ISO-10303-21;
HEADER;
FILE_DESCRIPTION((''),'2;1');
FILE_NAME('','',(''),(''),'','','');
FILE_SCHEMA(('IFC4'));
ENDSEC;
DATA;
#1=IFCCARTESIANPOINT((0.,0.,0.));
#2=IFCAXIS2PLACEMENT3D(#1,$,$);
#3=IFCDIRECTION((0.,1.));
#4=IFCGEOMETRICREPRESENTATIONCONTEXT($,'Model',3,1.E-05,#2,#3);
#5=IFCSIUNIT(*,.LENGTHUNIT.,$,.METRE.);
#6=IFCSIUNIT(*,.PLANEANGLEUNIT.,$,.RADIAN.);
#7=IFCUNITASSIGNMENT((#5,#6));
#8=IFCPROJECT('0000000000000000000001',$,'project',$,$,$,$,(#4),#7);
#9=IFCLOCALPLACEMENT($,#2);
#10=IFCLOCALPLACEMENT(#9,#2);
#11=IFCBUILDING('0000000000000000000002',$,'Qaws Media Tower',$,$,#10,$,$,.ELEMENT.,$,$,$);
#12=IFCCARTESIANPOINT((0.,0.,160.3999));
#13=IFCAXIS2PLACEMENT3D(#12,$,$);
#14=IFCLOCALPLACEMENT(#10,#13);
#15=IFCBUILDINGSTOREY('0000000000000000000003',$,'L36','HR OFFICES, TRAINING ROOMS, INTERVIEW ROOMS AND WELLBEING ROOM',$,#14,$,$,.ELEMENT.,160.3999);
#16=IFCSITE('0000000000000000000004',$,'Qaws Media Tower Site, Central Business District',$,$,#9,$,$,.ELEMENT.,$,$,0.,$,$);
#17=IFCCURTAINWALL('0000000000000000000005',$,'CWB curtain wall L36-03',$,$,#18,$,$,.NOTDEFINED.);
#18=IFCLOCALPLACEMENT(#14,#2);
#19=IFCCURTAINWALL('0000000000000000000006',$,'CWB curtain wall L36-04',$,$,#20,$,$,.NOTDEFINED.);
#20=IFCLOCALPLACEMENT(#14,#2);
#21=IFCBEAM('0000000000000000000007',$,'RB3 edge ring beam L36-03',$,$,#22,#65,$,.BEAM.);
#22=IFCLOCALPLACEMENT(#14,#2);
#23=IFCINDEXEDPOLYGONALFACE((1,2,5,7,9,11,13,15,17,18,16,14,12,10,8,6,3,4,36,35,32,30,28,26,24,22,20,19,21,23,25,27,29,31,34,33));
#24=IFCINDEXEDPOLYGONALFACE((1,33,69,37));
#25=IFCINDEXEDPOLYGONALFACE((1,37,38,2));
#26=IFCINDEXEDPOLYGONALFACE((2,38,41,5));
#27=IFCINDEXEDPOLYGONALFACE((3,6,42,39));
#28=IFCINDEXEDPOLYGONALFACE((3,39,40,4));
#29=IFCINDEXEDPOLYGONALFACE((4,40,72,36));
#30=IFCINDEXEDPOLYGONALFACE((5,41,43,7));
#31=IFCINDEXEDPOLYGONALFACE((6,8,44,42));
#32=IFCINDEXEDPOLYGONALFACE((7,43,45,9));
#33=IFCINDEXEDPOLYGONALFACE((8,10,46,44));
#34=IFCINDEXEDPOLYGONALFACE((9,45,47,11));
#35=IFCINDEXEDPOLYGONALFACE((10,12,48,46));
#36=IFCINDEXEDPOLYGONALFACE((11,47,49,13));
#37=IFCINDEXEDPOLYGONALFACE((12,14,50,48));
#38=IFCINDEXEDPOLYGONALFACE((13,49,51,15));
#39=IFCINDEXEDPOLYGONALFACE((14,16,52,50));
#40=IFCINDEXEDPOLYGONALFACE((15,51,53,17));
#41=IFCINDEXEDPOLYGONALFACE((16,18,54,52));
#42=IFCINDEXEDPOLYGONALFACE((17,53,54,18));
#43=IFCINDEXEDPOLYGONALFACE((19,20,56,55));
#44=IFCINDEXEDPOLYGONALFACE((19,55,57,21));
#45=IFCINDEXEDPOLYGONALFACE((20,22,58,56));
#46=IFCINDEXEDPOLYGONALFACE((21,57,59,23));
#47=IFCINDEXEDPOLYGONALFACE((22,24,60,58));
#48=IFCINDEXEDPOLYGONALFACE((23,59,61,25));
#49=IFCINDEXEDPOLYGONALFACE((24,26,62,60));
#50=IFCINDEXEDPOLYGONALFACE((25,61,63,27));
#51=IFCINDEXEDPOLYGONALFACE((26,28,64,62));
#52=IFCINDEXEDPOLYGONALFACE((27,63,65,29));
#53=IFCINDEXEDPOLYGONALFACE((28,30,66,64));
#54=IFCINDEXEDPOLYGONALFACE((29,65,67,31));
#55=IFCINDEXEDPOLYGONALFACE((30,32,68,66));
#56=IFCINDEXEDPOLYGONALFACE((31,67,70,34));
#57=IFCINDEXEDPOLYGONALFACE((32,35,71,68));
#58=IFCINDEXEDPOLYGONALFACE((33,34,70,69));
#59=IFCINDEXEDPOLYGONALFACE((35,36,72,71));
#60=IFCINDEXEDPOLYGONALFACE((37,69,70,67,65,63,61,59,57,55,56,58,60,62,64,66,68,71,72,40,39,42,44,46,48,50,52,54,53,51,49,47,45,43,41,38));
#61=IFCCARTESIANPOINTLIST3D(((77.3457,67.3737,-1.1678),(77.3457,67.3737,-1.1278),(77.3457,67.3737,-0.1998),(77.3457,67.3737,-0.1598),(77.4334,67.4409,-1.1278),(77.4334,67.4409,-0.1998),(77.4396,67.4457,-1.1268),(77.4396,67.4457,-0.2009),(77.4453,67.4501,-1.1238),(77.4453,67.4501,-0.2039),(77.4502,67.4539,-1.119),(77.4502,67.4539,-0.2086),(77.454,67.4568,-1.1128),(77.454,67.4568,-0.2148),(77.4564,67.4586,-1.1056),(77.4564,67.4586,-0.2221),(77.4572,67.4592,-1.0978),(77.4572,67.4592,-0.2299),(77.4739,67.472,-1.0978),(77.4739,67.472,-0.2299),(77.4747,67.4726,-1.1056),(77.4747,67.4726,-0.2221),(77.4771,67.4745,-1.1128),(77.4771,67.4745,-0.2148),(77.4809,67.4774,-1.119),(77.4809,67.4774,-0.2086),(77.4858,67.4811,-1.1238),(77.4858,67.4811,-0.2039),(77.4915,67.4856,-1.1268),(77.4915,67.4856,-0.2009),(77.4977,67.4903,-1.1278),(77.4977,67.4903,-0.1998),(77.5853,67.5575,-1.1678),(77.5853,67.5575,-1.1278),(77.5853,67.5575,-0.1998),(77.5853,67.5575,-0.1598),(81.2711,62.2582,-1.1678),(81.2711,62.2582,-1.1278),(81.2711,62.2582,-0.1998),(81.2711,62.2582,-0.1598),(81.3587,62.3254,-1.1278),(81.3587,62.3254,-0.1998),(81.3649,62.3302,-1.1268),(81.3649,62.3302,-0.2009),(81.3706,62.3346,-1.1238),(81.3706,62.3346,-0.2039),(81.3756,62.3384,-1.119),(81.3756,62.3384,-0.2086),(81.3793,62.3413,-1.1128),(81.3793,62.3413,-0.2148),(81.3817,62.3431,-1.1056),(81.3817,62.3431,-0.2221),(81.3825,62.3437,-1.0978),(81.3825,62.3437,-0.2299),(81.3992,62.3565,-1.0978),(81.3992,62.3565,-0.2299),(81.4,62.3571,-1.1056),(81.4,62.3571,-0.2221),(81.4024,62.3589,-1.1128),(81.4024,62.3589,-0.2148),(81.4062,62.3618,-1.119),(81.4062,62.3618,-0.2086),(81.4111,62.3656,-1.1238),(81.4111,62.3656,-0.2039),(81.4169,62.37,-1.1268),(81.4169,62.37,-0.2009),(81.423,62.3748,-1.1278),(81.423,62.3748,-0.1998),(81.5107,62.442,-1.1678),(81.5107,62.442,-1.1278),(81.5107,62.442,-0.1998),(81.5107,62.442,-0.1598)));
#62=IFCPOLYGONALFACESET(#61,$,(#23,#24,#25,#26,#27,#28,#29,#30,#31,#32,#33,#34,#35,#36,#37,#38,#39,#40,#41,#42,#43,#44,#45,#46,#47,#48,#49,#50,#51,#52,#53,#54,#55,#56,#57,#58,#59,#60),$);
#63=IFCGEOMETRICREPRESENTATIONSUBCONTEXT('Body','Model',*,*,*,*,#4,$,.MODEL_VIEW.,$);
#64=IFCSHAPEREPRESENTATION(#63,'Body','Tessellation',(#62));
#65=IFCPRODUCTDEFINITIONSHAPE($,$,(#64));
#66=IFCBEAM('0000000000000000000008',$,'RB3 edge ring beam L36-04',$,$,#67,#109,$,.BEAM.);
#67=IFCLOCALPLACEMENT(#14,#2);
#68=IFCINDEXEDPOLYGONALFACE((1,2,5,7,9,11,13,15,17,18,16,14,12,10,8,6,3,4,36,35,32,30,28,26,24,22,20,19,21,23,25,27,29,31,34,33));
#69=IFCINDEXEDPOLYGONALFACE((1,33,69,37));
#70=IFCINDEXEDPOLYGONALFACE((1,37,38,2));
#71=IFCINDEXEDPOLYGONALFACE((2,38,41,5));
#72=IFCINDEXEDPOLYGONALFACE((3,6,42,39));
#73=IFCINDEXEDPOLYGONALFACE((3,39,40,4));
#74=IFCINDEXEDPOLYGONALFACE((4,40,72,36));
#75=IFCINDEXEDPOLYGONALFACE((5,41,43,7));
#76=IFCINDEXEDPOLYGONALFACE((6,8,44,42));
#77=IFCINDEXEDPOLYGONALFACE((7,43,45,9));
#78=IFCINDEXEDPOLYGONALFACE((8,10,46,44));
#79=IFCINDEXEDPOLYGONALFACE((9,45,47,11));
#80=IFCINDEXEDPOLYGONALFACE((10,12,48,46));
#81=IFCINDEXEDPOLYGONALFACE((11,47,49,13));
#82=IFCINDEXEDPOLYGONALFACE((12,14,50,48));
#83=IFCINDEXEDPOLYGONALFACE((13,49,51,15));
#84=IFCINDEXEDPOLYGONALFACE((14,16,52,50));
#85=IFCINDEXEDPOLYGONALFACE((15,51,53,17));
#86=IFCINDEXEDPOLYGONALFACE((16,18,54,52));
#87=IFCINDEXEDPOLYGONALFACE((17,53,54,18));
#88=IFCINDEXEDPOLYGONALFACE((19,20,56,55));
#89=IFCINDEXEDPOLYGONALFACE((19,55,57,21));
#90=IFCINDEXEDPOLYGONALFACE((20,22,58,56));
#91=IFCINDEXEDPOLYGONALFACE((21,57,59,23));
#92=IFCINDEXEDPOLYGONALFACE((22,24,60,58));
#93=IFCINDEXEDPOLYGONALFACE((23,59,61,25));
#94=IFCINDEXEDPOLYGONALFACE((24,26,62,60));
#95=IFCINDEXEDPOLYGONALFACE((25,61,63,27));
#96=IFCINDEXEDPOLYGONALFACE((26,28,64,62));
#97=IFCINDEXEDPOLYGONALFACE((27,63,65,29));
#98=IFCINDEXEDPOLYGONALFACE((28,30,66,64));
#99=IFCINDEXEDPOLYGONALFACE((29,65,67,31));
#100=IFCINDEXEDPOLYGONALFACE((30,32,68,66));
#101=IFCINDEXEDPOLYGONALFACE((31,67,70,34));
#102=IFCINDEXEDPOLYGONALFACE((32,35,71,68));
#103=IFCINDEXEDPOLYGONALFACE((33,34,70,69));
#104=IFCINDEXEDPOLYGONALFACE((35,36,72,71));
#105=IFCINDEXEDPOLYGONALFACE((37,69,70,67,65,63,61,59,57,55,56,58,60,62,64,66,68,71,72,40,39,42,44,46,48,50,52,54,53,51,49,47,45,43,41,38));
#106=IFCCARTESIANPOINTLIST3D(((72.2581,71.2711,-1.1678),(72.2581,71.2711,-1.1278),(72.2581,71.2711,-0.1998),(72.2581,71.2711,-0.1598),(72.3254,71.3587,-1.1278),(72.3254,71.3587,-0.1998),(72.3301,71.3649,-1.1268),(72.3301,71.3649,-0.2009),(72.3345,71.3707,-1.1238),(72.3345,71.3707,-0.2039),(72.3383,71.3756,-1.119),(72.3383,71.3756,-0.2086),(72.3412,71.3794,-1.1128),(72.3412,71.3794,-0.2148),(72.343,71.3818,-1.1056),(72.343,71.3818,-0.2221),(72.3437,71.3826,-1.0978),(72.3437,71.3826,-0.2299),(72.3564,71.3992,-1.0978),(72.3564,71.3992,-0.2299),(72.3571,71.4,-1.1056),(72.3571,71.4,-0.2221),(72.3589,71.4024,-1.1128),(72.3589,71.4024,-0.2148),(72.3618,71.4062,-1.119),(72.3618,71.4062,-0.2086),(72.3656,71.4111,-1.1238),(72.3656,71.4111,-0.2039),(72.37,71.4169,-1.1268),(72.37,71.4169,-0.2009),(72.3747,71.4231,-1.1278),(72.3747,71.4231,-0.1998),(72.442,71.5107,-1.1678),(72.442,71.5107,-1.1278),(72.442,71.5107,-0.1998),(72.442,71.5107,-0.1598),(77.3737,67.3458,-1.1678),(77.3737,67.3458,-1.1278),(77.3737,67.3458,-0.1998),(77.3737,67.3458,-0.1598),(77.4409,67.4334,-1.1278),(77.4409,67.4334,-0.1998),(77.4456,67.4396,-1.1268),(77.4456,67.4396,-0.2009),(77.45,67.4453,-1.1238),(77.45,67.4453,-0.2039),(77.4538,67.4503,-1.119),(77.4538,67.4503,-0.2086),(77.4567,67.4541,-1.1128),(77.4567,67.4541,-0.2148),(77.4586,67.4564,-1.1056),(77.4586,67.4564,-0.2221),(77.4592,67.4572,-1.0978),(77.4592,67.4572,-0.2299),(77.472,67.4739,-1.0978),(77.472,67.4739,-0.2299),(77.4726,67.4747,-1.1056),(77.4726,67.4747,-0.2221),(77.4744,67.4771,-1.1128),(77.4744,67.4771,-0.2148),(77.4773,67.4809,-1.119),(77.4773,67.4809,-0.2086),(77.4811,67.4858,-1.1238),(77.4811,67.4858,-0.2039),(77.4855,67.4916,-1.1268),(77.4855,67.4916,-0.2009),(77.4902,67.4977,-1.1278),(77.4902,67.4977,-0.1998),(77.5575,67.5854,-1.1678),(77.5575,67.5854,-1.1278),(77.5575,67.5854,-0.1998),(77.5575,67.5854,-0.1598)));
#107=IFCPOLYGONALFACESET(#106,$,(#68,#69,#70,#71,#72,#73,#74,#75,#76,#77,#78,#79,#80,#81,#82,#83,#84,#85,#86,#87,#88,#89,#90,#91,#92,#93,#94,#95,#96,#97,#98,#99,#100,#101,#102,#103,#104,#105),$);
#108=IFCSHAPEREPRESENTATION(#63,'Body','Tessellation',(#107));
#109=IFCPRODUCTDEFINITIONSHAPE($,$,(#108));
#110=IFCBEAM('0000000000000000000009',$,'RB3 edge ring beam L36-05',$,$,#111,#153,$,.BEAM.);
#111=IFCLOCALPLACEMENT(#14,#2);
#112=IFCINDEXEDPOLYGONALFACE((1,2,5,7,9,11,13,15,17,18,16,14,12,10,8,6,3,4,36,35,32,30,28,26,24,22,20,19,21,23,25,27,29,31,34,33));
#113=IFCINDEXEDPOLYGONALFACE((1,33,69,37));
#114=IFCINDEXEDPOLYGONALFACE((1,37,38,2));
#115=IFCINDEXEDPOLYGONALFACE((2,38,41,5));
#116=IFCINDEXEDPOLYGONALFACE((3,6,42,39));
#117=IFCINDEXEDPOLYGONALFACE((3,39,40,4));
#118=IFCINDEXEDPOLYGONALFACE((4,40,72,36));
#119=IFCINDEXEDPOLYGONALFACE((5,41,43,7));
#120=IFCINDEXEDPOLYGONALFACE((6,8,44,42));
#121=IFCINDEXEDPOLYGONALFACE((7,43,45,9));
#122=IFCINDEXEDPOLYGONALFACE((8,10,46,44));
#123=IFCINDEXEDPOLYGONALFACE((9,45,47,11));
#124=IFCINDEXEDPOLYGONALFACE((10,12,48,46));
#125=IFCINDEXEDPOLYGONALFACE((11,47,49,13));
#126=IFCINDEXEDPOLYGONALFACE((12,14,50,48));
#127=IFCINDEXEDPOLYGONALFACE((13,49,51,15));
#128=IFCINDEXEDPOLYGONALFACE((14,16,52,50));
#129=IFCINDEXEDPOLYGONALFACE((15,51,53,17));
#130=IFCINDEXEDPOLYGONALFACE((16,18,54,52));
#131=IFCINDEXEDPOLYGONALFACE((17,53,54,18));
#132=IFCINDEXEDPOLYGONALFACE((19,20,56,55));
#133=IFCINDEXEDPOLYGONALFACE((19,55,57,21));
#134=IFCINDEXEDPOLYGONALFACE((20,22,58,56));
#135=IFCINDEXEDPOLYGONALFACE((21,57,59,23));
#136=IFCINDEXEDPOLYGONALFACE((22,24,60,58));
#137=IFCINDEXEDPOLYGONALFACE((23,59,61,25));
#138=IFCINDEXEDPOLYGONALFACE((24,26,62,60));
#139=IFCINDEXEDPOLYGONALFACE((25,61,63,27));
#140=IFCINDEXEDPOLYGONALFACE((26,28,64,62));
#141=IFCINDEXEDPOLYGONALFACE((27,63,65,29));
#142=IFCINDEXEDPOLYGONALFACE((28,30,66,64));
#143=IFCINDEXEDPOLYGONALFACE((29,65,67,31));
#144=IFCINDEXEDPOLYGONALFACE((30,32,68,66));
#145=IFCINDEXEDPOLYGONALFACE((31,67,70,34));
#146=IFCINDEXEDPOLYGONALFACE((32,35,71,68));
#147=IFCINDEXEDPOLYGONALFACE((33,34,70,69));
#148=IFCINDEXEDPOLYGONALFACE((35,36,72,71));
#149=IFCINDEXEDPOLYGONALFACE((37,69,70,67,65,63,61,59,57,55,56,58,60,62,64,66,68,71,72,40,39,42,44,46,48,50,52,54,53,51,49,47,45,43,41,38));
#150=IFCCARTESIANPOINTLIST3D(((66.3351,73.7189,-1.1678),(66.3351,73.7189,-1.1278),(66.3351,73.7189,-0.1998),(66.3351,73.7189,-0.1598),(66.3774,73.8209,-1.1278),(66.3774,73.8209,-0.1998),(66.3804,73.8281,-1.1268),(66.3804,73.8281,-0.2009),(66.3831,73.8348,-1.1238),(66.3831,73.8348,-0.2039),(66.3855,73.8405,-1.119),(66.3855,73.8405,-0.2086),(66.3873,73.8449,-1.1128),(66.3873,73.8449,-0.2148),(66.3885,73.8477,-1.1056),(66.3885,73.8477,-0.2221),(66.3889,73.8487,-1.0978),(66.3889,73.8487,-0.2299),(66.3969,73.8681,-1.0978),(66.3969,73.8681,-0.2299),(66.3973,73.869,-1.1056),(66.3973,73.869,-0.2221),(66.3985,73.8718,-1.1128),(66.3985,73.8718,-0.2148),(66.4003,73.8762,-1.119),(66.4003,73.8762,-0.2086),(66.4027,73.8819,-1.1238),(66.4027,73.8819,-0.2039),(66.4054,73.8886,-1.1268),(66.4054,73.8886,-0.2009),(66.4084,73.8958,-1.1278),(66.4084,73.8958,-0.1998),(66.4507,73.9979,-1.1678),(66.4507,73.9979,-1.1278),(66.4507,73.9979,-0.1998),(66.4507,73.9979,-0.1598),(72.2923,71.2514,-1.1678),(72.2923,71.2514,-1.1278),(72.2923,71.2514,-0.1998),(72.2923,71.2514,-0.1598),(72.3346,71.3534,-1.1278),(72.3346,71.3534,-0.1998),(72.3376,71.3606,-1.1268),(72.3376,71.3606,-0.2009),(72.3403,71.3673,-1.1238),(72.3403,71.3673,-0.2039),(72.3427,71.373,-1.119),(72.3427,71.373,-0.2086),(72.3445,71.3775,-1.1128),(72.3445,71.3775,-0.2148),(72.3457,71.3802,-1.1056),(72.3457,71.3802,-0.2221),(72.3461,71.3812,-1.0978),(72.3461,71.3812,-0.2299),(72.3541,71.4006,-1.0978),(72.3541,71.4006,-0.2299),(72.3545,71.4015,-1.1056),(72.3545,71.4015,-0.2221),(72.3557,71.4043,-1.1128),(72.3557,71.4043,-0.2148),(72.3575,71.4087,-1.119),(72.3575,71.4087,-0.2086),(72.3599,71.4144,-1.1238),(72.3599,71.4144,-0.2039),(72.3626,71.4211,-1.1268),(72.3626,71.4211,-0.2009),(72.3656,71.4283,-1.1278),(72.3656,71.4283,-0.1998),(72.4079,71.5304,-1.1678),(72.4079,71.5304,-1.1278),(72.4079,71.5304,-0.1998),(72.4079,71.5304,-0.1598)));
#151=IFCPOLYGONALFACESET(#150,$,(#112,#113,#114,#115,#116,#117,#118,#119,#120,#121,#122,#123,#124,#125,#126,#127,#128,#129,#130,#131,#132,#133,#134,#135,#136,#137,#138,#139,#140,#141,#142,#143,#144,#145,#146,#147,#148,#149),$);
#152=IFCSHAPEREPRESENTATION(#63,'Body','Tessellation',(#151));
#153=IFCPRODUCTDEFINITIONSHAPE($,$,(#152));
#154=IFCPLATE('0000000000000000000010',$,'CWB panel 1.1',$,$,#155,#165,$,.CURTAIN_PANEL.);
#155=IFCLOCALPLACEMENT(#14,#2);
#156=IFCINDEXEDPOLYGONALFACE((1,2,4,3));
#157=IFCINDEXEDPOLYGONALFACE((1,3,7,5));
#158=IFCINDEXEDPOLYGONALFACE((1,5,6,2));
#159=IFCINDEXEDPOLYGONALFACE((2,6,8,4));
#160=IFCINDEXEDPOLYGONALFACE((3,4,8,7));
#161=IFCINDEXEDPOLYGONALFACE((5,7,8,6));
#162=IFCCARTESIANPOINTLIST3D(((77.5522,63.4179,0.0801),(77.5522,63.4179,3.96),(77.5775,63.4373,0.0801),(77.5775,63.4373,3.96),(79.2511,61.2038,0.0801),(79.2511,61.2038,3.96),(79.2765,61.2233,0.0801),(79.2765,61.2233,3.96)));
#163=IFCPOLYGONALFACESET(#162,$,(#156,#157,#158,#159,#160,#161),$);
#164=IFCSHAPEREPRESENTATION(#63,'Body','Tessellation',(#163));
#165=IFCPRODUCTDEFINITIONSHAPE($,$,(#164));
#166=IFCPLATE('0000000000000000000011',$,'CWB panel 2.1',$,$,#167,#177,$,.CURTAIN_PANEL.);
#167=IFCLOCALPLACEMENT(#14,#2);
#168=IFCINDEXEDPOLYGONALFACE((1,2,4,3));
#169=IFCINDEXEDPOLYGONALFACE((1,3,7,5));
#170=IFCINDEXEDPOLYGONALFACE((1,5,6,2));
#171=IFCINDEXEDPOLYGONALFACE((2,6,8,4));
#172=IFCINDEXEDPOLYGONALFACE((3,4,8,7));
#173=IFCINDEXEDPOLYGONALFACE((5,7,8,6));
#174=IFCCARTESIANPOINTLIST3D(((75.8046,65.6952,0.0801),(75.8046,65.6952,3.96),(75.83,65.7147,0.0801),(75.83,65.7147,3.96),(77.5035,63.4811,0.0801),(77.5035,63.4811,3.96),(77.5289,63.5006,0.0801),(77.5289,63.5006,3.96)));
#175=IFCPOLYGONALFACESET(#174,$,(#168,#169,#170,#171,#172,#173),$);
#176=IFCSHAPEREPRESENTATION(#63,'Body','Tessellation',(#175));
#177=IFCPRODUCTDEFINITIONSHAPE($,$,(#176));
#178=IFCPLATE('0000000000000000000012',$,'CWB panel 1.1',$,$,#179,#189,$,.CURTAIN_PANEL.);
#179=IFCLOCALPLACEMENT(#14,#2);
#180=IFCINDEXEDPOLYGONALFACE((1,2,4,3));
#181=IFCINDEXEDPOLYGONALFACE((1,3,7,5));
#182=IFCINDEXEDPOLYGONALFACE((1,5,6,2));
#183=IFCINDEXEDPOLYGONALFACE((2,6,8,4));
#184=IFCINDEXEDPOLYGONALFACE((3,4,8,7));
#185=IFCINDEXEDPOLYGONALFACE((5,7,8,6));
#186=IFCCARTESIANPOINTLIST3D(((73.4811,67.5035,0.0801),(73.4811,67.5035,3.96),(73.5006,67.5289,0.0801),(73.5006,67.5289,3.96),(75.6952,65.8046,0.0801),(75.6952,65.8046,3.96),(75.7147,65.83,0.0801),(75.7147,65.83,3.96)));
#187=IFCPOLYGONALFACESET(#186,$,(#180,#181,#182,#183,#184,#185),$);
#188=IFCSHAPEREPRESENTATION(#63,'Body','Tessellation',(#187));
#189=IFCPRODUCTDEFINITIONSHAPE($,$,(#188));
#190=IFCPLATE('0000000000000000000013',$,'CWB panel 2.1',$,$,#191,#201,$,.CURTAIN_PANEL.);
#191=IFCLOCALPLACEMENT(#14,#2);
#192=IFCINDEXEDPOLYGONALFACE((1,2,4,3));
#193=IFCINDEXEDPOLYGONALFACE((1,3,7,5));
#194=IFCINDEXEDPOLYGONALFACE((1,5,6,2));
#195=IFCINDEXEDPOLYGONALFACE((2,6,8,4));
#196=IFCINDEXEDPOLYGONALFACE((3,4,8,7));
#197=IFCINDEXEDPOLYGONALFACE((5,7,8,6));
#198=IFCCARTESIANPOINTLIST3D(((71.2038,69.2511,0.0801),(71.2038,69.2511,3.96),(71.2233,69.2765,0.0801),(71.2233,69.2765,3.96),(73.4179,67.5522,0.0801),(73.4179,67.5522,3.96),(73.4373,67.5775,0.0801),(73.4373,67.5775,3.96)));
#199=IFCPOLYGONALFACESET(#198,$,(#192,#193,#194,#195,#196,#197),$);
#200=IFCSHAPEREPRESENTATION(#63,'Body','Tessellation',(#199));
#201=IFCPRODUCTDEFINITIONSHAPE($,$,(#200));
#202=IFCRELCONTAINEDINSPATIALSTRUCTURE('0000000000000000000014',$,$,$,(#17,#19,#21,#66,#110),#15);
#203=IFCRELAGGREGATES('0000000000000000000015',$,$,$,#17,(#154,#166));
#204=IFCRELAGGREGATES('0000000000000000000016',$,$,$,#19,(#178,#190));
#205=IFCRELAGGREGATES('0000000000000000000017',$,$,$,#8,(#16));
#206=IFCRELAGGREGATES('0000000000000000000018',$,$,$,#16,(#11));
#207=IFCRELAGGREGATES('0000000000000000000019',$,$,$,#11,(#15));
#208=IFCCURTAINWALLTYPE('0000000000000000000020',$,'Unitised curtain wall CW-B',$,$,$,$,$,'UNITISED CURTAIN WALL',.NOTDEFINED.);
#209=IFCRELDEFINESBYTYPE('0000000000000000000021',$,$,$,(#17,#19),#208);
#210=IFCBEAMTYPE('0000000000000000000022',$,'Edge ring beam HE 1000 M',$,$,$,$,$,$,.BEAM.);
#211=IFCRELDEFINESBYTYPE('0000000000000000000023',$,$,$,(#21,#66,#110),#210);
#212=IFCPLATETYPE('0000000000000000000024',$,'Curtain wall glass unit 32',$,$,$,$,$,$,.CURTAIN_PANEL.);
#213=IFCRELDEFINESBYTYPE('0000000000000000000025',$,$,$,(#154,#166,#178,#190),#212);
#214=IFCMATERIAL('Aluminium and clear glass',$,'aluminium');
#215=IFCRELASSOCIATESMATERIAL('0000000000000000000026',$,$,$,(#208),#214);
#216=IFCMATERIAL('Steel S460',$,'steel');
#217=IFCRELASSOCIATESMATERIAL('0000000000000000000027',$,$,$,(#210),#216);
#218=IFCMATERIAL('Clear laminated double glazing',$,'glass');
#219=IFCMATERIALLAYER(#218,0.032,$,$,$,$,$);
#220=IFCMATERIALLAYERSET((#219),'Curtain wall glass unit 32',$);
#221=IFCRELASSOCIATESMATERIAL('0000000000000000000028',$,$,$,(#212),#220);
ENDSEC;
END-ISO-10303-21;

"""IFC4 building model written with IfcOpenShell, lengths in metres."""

from ifc_helpers import new_model, si_unit, direction, frame, origin, origin_2d, place, context, subcontext, project, spatial, rectangle, i_section, extrude, material, layer, layer_set, material_profile, profile_set, type_object, element, aggregate, save


model = new_model("IFC4")

# Units and contexts
model_context = context("Model", 3, precision=1e-05, world=origin(), true_north=direction((0.0, 1.0)))
body_context = subcontext(model_context, "Body", "Model", "MODEL_VIEW")
ifc_project = project(units=[si_unit("LENGTHUNIT", "METRE"), si_unit("PLANEANGLEUNIT", "RADIAN")], contexts=[model_context])

# Site, building, storey
site_placement = place(None, origin())
site = spatial("IfcSite", under=ifc_project, at=site_placement, Name="Qaws Media Tower Site, Central Business District", CompositionType="ELEMENT", RefElevation=0.0)
building_placement = place(site_placement, origin())
building = spatial("IfcBuilding", under=site, at=building_placement, Name="Qaws Media Tower", CompositionType="ELEMENT")
storey_placement = place(building_placement, frame((0.0, 0.0, 160.3999)))
storey = spatial("IfcBuildingStorey", under=building, at=storey_placement, Name="L36", Description="HR OFFICES, TRAINING ROOMS, INTERVIEW ROOMS AND WELLBEING ROOM", CompositionType="ELEMENT", Elevation=160.3999)

# Shared definitions
ifc_material_1 = material(Name="Aluminium and clear glass", Category="aluminium")
curtain_wall_type = type_object("IfcCurtainWallType", Name="Unitised curtain wall CW-B", ElementType="UNITISED CURTAIN WALL", PredefinedType="NOTDEFINED", material=ifc_material_1)

# Curtain walls
curtain_wall_1_placement = place(storey_placement, origin())
curtain_wall_1 = element("IfcCurtainWall", 1, at=curtain_wall_1_placement, inside=storey, type_object=curtain_wall_type, Name="CWB curtain wall L36-03", PredefinedType="NOTDEFINED")
curtain_wall_2_placement = place(storey_placement, origin())
curtain_wall_2 = element("IfcCurtainWall", 2, at=curtain_wall_2_placement, inside=storey, type_object=curtain_wall_type, Name="CWB curtain wall L36-04", PredefinedType="NOTDEFINED")

# Beams
ifc_material_2 = material(Name="Steel S460", Category="steel")
ifc_material_profile_1 = material_profile(ifc_material_2, i_section(OverallWidth=0.302, OverallDepth=1.0081, WebThickness=0.021, FlangeThickness=0.04, FilletRadius=0.03, at=origin_2d()), Name="HE 1000 M")
ifc_profile_set_1 = profile_set([ifc_material_profile_1], Name="Steel S460")
beam_type = type_object("IfcBeamType", Name="Edge ring beam HE 1000 M", PredefinedType="BEAM", material=ifc_profile_set_1)
for number, where, z_axis, x_axis, name in (
    (3, (81.3909, 62.3501, -0.6638), (-0.608766, 0.79335, 0.0), (-0.79335, -0.608766, 0.0), "RB3 edge ring beam L36-03"),
    (4, (77.4656, 67.4656, -0.6638), (-0.79335, 0.608766, 0.0), (-0.608766, -0.79335, 0.0), "RB3 edge ring beam L36-04"),
    (5, (72.3501, 71.3909, -0.6638), (-0.923883, 0.382676, 0.0), (-0.382676, -0.923883, 0.0), "RB3 edge ring beam L36-05"),
):
    element("IfcBeam", number, at=place(storey_placement, frame(where, z_axis=z_axis, x_axis=x_axis)), inside=storey, type_object=beam_type, Name=name, PredefinedType="BEAM", context=body_context, shape_type="SweptSolid", body=[
        extrude(i_section(OverallWidth=0.302, OverallDepth=1.0081, WebThickness=0.021, FlangeThickness=0.04, FilletRadius=0.03, at=origin_2d()), origin(), (0.0, 0.0, 1.0), 6.448),
    ])

# Plates
ifc_material_3 = material(Name="Clear laminated double glazing", Category="glass")
ifc_layer_1 = layer(ifc_material_3, 0.032)
ifc_layer_set_1 = layer_set([ifc_layer_1], Name="Curtain wall glass unit 32")
plate_type_1 = type_object("IfcPlateType", Name="Curtain wall glass unit 32", PredefinedType="CURTAIN_PANEL", material=ifc_layer_set_1)
plate_1_placement = place(storey_placement, frame((78.4143, 62.3206, 0.0801), z_axis=(0.0, 0.0, 1.0), x_axis=(-0.608762, 0.793353, 0.0)))
plate_1 = element("IfcPlate", 6, at=plate_1_placement, type_object=plate_type_1, Name="CWB panel 1.1", PredefinedType="CURTAIN_PANEL", context=body_context, shape_type="SweptSolid", body=[
    extrude(rectangle(XDim=2.7908, YDim=0.032, at=origin_2d()), origin(), (0.0, 0.0, 1.0), 3.8799),
])
plate_2_placement = place(storey_placement, frame((76.6667, 64.5979, 0.0801), z_axis=(0.0, 0.0, 1.0), x_axis=(-0.608762, 0.793353, 0.0)))
plate_2 = element("IfcPlate", 7, at=plate_2_placement, type_object=plate_type_1, Name="CWB panel 2.1", PredefinedType="CURTAIN_PANEL", context=body_context, shape_type="SweptSolid", body=[
    extrude(rectangle(XDim=2.7908, YDim=0.032, at=origin_2d()), origin(), (0.0, 0.0, 1.0), 3.8799),
])
aggregate(curtain_wall_1, [plate_1, plate_2])
plate_3_placement = place(storey_placement, frame((74.5979, 66.6667, 0.0801), z_axis=(0.0, 0.0, 1.0), x_axis=(-0.793353, 0.608762, 0.0)))
plate_3 = element("IfcPlate", 8, at=plate_3_placement, type_object=plate_type_1, Name="CWB panel 1.1", PredefinedType="CURTAIN_PANEL", context=body_context, shape_type="SweptSolid", body=[
    extrude(rectangle(XDim=2.7908, YDim=0.032, at=origin_2d()), origin(), (0.0, 0.0, 1.0), 3.8799),
])
plate_4_placement = place(storey_placement, frame((72.3206, 68.4143, 0.0801), z_axis=(0.0, 0.0, 1.0), x_axis=(-0.793353, 0.608762, 0.0)))
plate_4 = element("IfcPlate", 9, at=plate_4_placement, type_object=plate_type_1, Name="CWB panel 2.1", PredefinedType="CURTAIN_PANEL", context=body_context, shape_type="SweptSolid", body=[
    extrude(rectangle(XDim=2.7908, YDim=0.032, at=origin_2d()), origin(), (0.0, 0.0, 1.0), 3.8799),
])
aggregate(curtain_wall_2, [plate_3, plate_4])

save(model, "model.ifc")
